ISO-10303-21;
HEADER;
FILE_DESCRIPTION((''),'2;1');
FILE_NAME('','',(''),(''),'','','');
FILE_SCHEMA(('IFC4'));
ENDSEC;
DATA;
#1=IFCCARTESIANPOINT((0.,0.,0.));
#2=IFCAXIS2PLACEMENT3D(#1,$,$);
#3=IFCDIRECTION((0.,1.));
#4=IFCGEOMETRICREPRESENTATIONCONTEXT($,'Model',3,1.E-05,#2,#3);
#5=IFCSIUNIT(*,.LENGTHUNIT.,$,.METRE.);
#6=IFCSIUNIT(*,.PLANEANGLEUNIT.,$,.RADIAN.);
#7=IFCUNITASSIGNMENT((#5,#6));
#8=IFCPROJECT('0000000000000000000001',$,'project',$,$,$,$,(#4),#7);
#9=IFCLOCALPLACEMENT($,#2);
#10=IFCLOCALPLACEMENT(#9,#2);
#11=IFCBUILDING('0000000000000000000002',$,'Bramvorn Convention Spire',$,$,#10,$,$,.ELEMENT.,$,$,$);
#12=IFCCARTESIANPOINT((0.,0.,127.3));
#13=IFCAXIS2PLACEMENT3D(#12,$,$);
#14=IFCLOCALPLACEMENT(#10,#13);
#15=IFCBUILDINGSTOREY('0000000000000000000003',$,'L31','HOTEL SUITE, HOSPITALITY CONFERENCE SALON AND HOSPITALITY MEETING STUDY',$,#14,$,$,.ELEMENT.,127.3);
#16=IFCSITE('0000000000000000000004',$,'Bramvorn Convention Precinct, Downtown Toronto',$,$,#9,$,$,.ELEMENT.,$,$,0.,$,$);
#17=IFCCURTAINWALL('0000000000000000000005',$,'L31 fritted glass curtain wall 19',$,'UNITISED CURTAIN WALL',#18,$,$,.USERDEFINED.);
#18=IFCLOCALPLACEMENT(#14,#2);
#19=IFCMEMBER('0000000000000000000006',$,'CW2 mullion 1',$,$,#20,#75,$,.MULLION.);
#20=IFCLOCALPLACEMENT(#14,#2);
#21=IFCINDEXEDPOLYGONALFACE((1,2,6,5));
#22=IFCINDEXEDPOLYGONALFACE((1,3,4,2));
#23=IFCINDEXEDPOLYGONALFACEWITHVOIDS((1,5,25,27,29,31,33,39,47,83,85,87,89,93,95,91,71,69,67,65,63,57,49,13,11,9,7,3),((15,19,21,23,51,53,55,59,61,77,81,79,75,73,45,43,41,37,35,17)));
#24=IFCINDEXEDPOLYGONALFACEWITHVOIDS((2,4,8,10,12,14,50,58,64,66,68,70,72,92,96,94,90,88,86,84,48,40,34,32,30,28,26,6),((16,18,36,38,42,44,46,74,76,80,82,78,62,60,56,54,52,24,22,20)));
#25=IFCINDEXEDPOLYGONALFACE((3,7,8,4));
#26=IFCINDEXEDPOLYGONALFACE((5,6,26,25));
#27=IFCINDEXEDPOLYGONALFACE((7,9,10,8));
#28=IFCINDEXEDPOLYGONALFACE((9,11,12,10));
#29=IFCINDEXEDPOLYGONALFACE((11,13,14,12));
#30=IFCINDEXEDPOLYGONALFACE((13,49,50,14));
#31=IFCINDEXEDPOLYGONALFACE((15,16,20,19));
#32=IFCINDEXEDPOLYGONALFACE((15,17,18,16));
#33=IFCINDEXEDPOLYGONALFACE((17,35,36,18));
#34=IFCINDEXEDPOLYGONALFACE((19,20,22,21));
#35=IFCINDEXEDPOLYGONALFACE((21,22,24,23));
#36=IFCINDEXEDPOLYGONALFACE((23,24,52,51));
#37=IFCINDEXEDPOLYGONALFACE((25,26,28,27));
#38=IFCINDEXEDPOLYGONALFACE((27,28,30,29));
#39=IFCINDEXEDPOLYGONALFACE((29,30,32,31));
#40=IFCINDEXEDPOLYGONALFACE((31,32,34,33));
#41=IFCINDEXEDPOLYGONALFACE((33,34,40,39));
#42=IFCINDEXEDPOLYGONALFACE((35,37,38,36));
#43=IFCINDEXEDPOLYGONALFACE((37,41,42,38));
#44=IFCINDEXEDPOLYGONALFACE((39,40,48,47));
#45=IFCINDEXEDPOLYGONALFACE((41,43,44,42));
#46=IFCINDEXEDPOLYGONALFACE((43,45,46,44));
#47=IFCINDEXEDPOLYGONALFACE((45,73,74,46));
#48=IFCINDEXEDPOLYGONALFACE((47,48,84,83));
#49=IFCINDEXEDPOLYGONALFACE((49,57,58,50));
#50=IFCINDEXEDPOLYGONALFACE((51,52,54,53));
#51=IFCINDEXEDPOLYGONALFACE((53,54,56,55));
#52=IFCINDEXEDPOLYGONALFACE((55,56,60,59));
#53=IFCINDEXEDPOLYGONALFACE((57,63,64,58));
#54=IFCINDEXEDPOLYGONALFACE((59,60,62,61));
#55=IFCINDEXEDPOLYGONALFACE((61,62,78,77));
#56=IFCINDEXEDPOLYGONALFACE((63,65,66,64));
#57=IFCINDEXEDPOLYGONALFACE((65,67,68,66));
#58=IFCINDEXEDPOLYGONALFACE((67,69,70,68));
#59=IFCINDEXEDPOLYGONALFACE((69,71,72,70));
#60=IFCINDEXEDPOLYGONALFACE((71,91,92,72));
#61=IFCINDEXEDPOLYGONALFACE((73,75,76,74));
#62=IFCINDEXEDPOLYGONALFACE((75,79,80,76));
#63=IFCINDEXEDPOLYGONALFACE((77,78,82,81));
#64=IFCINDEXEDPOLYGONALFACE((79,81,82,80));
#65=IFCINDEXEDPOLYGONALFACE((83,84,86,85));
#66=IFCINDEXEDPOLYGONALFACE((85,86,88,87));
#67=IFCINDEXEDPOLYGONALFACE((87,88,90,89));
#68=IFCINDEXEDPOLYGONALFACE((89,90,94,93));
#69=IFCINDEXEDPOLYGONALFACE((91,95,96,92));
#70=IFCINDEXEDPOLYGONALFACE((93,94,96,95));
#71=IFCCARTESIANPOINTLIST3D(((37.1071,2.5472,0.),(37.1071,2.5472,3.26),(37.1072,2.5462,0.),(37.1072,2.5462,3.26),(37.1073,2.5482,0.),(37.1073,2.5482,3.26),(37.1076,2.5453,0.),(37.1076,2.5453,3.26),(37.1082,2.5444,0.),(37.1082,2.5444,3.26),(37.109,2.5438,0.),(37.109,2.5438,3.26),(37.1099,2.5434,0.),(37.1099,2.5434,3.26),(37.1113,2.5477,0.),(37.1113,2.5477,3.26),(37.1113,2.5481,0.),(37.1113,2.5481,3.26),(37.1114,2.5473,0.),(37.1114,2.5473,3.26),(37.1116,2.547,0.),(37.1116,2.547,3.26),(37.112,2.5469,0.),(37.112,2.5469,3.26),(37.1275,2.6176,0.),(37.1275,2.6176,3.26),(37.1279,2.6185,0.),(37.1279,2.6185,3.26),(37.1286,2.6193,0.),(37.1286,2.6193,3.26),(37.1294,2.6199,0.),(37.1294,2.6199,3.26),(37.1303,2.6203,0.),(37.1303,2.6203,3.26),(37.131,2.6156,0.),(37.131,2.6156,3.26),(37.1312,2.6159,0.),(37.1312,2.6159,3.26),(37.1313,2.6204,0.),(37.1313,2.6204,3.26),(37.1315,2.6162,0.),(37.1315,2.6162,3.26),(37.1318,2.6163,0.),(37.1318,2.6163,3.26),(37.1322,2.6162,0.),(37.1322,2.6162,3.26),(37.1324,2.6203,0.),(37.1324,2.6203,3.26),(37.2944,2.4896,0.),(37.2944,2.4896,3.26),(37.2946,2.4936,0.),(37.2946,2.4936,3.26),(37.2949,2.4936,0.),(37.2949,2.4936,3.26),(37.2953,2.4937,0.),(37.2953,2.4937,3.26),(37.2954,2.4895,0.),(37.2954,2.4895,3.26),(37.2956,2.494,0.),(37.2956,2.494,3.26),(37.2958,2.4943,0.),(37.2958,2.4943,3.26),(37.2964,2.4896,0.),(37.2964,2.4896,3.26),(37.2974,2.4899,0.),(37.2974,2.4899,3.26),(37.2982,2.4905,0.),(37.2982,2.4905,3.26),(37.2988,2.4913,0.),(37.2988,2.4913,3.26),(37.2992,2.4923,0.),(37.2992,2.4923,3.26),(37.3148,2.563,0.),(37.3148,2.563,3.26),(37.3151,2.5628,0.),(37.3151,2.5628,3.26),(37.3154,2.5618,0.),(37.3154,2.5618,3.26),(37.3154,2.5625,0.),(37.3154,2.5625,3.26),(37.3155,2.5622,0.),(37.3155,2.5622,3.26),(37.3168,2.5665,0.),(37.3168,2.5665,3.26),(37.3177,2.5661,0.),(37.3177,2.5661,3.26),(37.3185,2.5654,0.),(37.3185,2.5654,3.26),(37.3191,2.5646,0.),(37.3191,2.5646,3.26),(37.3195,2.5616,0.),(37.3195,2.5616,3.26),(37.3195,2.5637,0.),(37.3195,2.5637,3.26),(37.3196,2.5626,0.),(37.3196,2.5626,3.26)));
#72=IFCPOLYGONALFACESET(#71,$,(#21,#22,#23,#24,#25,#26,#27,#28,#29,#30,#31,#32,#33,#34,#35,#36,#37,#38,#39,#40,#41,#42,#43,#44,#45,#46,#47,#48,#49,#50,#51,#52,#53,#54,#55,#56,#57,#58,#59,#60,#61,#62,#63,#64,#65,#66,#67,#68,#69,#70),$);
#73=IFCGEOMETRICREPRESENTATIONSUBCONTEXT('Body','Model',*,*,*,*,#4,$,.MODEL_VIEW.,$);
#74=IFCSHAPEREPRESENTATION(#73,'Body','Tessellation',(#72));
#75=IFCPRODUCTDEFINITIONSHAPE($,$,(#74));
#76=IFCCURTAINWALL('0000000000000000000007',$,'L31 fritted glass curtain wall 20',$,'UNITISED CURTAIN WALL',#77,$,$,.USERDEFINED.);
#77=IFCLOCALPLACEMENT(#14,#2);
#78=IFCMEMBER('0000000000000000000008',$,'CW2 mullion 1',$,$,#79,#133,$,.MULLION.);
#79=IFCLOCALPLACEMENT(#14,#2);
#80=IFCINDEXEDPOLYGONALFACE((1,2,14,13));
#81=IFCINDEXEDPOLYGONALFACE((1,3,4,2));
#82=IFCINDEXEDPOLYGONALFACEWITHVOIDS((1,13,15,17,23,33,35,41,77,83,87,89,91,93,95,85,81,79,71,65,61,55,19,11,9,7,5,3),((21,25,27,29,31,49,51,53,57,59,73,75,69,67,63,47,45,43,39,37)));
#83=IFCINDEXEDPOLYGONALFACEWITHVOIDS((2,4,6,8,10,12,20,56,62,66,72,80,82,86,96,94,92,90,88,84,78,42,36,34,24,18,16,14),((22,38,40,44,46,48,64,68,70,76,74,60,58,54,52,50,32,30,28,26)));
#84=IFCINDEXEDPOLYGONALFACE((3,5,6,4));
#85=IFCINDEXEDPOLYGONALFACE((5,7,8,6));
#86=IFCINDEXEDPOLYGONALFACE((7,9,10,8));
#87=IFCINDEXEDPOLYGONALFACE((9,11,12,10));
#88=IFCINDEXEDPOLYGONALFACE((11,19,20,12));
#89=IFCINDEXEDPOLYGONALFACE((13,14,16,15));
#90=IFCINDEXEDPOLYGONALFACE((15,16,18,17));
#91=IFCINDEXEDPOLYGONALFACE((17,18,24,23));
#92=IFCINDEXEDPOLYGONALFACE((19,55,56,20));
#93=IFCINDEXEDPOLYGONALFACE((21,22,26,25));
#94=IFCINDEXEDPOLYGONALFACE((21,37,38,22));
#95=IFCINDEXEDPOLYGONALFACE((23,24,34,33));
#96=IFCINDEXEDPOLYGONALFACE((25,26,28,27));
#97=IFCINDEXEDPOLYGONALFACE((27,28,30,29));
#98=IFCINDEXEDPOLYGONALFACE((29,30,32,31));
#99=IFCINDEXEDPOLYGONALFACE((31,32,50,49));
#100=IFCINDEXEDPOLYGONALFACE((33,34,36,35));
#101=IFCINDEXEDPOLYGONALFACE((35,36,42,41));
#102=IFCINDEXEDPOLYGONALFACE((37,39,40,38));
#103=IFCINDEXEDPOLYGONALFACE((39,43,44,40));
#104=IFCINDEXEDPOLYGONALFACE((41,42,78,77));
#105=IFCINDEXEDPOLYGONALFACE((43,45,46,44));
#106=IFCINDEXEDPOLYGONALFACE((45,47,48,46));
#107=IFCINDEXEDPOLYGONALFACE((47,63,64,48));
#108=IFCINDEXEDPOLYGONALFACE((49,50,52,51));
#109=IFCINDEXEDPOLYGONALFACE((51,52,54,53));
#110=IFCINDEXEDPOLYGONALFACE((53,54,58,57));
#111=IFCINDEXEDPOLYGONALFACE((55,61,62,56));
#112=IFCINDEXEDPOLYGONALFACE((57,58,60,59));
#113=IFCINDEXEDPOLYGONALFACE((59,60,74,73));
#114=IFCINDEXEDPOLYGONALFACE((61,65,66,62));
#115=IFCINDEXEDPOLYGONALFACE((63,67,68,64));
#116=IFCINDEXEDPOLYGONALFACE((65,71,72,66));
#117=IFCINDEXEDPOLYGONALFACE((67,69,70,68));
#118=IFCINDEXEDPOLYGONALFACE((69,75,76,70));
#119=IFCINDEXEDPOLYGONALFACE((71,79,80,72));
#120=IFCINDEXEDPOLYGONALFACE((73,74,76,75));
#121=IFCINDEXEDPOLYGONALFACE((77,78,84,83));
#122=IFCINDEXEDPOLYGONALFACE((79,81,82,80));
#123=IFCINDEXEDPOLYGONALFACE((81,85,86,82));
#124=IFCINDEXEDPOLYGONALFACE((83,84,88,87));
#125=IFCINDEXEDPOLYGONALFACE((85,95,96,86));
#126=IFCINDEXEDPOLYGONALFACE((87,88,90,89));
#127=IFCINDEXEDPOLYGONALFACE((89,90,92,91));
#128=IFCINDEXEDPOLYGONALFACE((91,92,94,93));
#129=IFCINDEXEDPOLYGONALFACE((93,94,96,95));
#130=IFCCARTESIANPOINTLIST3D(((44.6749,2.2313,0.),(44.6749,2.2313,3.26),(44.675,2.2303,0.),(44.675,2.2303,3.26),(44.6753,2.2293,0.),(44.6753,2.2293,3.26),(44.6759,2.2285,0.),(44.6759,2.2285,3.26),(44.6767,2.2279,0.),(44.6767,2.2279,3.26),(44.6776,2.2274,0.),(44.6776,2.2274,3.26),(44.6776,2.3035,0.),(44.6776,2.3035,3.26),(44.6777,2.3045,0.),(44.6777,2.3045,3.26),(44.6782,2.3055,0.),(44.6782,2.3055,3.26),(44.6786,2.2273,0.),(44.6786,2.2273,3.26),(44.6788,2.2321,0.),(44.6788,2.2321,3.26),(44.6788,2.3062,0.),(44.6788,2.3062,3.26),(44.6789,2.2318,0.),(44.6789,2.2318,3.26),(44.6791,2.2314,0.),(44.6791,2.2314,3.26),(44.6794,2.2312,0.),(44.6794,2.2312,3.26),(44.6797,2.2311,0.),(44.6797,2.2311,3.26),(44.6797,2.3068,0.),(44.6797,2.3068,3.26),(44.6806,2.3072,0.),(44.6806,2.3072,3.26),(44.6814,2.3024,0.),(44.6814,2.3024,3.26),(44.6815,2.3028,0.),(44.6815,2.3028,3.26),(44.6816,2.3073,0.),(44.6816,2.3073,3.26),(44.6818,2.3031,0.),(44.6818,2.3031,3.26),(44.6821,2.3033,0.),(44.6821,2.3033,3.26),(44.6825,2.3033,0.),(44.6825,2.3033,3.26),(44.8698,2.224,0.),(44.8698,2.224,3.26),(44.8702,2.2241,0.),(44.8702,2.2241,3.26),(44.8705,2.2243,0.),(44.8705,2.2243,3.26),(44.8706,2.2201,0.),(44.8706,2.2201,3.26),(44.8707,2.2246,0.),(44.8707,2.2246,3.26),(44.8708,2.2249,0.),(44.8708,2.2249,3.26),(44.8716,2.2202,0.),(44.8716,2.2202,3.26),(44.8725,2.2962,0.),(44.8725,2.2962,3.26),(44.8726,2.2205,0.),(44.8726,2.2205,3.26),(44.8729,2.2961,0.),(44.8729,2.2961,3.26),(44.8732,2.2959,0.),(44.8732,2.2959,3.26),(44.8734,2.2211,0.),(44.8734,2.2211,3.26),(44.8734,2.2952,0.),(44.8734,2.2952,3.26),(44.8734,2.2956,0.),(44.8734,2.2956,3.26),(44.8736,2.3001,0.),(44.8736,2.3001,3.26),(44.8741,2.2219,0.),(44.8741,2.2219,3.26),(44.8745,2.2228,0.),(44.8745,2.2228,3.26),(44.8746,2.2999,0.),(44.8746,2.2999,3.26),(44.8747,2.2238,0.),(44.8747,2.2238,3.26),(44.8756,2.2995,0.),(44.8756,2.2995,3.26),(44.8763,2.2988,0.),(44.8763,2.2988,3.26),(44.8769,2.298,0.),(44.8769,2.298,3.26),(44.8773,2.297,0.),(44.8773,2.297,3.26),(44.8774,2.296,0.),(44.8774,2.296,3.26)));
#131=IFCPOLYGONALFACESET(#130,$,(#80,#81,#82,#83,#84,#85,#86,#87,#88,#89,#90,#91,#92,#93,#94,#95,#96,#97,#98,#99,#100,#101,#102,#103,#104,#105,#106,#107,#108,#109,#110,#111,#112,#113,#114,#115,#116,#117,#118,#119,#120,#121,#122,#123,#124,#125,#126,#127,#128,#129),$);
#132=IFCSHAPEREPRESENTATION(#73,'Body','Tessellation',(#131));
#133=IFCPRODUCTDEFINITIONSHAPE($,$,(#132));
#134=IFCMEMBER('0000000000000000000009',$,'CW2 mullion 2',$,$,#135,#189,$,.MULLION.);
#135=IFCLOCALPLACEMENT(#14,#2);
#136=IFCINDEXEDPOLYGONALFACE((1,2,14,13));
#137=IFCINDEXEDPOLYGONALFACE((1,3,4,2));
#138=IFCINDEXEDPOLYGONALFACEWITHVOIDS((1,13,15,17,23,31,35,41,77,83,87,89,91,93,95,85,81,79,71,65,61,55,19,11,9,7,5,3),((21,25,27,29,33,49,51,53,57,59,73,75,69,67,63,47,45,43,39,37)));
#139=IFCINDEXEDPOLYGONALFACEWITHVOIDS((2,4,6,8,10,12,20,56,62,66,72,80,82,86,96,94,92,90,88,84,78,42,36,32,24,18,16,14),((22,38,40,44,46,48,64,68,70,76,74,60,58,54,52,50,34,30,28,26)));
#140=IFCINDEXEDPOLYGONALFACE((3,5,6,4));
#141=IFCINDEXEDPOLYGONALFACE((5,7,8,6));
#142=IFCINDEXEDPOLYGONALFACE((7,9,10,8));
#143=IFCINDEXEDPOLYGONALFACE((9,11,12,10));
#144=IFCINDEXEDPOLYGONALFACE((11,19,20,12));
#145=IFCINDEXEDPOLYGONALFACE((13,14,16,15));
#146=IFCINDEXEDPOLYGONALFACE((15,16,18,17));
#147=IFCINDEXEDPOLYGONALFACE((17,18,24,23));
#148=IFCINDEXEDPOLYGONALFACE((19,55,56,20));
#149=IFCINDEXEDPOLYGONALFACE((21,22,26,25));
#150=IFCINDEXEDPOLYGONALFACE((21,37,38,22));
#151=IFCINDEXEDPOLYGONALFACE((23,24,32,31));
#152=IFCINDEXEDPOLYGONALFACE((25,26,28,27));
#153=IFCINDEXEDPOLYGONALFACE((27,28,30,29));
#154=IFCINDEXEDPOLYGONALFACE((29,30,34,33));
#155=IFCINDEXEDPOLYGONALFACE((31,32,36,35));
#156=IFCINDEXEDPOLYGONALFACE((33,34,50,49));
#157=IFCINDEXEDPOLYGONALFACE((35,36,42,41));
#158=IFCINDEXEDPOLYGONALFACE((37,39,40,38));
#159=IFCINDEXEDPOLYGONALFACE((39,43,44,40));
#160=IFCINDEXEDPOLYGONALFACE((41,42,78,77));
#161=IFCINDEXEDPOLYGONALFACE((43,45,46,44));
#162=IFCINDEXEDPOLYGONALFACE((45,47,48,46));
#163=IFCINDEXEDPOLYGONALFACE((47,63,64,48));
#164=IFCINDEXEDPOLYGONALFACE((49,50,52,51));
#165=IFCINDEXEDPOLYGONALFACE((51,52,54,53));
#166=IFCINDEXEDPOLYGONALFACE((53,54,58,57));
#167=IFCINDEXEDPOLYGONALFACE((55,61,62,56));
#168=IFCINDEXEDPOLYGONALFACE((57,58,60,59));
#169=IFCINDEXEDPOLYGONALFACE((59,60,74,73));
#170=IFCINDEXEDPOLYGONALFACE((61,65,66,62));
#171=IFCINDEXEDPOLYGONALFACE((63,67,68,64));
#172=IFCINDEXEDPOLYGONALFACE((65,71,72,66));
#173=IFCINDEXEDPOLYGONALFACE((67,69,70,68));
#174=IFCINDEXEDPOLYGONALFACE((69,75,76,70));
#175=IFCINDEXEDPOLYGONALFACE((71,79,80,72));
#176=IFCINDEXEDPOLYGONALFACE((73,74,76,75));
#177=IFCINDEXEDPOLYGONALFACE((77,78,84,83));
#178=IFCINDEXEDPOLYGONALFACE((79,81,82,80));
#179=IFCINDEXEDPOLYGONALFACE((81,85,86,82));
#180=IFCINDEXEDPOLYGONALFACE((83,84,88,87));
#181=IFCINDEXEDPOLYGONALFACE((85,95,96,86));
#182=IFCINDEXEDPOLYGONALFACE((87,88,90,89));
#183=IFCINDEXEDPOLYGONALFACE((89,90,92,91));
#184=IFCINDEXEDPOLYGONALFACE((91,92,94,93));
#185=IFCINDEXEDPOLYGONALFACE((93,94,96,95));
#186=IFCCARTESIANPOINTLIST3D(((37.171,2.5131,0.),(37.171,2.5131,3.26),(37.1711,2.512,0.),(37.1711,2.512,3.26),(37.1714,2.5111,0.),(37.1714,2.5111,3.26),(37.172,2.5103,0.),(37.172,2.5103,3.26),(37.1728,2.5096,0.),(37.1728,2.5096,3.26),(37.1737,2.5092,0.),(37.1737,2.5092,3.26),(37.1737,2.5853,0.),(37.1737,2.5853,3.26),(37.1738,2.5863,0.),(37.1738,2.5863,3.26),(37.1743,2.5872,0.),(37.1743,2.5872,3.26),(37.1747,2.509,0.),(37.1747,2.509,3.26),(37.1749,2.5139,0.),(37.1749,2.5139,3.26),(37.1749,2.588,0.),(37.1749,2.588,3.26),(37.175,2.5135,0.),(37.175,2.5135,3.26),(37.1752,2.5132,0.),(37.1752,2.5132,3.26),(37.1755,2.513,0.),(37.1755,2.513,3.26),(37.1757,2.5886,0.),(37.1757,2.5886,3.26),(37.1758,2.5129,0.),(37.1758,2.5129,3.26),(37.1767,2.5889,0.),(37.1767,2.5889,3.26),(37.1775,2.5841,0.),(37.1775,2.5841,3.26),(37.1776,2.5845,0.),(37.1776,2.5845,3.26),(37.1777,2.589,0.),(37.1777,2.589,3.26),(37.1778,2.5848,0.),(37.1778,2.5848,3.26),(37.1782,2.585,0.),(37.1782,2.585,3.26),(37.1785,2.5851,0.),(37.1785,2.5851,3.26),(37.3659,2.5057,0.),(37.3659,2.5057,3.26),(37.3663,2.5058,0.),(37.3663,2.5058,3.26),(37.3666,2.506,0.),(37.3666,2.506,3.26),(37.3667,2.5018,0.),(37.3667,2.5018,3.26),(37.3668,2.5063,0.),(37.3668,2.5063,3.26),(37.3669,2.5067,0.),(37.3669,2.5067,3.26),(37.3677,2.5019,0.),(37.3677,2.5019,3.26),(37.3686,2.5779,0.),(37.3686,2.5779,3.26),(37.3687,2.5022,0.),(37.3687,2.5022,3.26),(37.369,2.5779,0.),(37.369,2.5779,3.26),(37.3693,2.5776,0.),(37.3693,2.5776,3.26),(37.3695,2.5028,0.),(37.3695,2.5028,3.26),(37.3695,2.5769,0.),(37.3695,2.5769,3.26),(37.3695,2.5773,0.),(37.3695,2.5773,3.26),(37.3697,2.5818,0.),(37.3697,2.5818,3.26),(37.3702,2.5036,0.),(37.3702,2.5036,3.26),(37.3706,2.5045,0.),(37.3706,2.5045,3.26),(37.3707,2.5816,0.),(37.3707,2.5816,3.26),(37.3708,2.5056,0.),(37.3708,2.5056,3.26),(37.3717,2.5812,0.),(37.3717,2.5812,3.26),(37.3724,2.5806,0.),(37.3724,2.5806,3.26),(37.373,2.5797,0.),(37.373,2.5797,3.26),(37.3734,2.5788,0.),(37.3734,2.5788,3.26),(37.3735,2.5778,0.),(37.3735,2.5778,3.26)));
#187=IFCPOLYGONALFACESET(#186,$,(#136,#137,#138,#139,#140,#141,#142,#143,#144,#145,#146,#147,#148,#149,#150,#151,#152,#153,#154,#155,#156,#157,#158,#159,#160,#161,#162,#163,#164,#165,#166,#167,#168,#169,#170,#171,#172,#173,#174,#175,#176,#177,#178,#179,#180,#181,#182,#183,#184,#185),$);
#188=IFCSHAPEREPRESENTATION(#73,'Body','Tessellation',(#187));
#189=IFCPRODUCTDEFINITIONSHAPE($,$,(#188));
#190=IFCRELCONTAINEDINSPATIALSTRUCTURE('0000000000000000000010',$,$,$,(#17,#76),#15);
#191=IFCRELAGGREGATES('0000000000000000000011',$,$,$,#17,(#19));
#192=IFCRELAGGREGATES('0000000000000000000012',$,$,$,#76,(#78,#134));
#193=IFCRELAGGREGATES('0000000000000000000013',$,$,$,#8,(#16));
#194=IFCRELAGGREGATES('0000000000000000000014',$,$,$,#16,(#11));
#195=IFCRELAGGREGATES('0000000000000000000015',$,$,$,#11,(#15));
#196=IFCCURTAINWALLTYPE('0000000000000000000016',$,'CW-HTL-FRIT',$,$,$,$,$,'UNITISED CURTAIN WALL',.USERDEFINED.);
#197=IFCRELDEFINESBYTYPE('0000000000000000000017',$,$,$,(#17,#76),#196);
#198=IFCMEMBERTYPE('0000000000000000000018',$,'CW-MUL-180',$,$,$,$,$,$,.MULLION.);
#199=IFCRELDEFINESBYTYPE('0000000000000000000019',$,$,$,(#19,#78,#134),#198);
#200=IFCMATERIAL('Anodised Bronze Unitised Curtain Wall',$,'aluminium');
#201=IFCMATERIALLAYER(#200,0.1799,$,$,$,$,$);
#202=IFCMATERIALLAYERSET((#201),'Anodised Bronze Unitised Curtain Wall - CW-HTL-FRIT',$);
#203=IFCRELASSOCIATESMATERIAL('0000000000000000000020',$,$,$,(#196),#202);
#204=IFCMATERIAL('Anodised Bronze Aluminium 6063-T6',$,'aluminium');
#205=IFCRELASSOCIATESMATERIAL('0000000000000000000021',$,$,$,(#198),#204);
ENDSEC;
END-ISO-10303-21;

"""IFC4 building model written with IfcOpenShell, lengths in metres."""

from ifc_helpers import new_model, si_unit, direction, frame, origin, origin_2d, place, context, subcontext, project, spatial, hollow_rectangle, extrude, material, layer, layer_set, material_profile, profile_set, type_object, element, aggregate, save


model = new_model("IFC4")

# Units and contexts
model_context = context("Model", 3, precision=1e-05, world=origin(), true_north=direction((0.0, 1.0)))
body_context = subcontext(model_context, "Body", "Model", "MODEL_VIEW")
ifc_project = project(units=[si_unit("LENGTHUNIT", "METRE"), si_unit("PLANEANGLEUNIT", "RADIAN")], contexts=[model_context])

# Site, building, storey
site_placement = place(None, origin())
site = spatial("IfcSite", under=ifc_project, at=site_placement, Name="Bramvorn Convention Precinct, Downtown Toronto", CompositionType="ELEMENT", RefElevation=0.0)
building_placement = place(site_placement, origin())
building = spatial("IfcBuilding", under=site, at=building_placement, Name="Bramvorn Convention Spire", CompositionType="ELEMENT")
storey_placement = place(building_placement, frame((0.0, 0.0, 127.3)))
storey = spatial("IfcBuildingStorey", under=building, at=storey_placement, Name="L31", Description="HOTEL SUITE, HOSPITALITY CONFERENCE SALON AND HOSPITALITY MEETING STUDY", CompositionType="ELEMENT", Elevation=127.3)

# Curtain wall, member
ifc_material_1 = material(Name="Anodised Bronze Unitised Curtain Wall", Category="aluminium")
ifc_layer_1 = layer(ifc_material_1, 0.1799)
ifc_layer_set_1 = layer_set([ifc_layer_1], Name="Anodised Bronze Unitised Curtain Wall - CW-HTL-FRIT")
curtain_wall_type = type_object("IfcCurtainWallType", Name="CW-HTL-FRIT", ElementType="UNITISED CURTAIN WALL", PredefinedType="USERDEFINED", material=ifc_layer_set_1)
curtain_wall_1_placement = place(storey_placement, origin())
curtain_wall_1 = element("IfcCurtainWall", 1, at=curtain_wall_1_placement, inside=storey, type_object=curtain_wall_type, Name="L31 fritted glass curtain wall 19", ObjectType="UNITISED CURTAIN WALL", PredefinedType="USERDEFINED")
ifc_material_2 = material(Name="Anodised Bronze Aluminium 6063-T6", Category="aluminium")
ifc_material_profile_1 = material_profile(ifc_material_2, hollow_rectangle(XDim=0.0801, YDim=0.2, WallThickness=0.0039, InnerFilletRadius=0.001, OuterFilletRadius=0.0039, at=origin_2d()))
ifc_profile_set_1 = profile_set([ifc_material_profile_1], Name="Anodised Bronze Aluminium 6063-T6 - CWM80X200")
member_type_1 = type_object("IfcMemberType", Name="CW-MUL-180", PredefinedType="MULLION", material=ifc_profile_set_1)
member_1_placement = place(storey_placement, frame((37.2134, 2.5549, 0.0), z_axis=(0.0, 0.0, 1.0), x_axis=(-0.279872, -0.960037, 0.0)))
member_1 = element("IfcMember", 2, at=member_1_placement, type_object=member_type_1, Name="CW2 mullion 1", PredefinedType="MULLION", context=body_context, shape_type="SweptSolid", body=[
    extrude(hollow_rectangle(XDim=0.0801, YDim=0.2, WallThickness=0.0039, InnerFilletRadius=0.001, OuterFilletRadius=0.0039, at=origin_2d()), origin(), (0.0, 0.0, 1.0), 3.26),
])

# Curtain wall, members
curtain_wall_2_placement = place(storey_placement, origin())
curtain_wall_2 = element("IfcCurtainWall", 3, at=curtain_wall_2_placement, inside=storey, type_object=curtain_wall_type, Name="L31 fritted glass curtain wall 20", ObjectType="UNITISED CURTAIN WALL", PredefinedType="USERDEFINED")
member_2_placement = place(storey_placement, frame((44.7761, 2.2637, 0.0), z_axis=(0.0, 0.0, 1.0), x_axis=(-0.03752, -0.999296, 0.0)))
member_2 = element("IfcMember", 4, at=member_2_placement, type_object=member_type_1, Name="CW2 mullion 1", PredefinedType="MULLION", context=body_context, shape_type="SweptSolid", body=[
    extrude(hollow_rectangle(XDim=0.0801, YDim=0.2, WallThickness=0.0039, InnerFilletRadius=0.001, OuterFilletRadius=0.0039, at=origin_2d()), origin(), (0.0, 0.0, 1.0), 3.26),
])
member_3_placement = place(storey_placement, frame((37.2722, 2.5454, 0.0), z_axis=(0.0, 0.0, 1.0), x_axis=(-0.03752, -0.999296, 0.0)))
member_3 = element("IfcMember", 5, at=member_3_placement, type_object=member_type_1, Name="CW2 mullion 2", PredefinedType="MULLION", context=body_context, shape_type="SweptSolid", body=[
    extrude(hollow_rectangle(XDim=0.0801, YDim=0.2, WallThickness=0.0039, InnerFilletRadius=0.001, OuterFilletRadius=0.0039, at=origin_2d()), origin(), (0.0, 0.0, 1.0), 3.26),
])

aggregate(curtain_wall_1, [member_1])

aggregate(curtain_wall_2, [member_2, member_3])

save(model, "model.ifc")
